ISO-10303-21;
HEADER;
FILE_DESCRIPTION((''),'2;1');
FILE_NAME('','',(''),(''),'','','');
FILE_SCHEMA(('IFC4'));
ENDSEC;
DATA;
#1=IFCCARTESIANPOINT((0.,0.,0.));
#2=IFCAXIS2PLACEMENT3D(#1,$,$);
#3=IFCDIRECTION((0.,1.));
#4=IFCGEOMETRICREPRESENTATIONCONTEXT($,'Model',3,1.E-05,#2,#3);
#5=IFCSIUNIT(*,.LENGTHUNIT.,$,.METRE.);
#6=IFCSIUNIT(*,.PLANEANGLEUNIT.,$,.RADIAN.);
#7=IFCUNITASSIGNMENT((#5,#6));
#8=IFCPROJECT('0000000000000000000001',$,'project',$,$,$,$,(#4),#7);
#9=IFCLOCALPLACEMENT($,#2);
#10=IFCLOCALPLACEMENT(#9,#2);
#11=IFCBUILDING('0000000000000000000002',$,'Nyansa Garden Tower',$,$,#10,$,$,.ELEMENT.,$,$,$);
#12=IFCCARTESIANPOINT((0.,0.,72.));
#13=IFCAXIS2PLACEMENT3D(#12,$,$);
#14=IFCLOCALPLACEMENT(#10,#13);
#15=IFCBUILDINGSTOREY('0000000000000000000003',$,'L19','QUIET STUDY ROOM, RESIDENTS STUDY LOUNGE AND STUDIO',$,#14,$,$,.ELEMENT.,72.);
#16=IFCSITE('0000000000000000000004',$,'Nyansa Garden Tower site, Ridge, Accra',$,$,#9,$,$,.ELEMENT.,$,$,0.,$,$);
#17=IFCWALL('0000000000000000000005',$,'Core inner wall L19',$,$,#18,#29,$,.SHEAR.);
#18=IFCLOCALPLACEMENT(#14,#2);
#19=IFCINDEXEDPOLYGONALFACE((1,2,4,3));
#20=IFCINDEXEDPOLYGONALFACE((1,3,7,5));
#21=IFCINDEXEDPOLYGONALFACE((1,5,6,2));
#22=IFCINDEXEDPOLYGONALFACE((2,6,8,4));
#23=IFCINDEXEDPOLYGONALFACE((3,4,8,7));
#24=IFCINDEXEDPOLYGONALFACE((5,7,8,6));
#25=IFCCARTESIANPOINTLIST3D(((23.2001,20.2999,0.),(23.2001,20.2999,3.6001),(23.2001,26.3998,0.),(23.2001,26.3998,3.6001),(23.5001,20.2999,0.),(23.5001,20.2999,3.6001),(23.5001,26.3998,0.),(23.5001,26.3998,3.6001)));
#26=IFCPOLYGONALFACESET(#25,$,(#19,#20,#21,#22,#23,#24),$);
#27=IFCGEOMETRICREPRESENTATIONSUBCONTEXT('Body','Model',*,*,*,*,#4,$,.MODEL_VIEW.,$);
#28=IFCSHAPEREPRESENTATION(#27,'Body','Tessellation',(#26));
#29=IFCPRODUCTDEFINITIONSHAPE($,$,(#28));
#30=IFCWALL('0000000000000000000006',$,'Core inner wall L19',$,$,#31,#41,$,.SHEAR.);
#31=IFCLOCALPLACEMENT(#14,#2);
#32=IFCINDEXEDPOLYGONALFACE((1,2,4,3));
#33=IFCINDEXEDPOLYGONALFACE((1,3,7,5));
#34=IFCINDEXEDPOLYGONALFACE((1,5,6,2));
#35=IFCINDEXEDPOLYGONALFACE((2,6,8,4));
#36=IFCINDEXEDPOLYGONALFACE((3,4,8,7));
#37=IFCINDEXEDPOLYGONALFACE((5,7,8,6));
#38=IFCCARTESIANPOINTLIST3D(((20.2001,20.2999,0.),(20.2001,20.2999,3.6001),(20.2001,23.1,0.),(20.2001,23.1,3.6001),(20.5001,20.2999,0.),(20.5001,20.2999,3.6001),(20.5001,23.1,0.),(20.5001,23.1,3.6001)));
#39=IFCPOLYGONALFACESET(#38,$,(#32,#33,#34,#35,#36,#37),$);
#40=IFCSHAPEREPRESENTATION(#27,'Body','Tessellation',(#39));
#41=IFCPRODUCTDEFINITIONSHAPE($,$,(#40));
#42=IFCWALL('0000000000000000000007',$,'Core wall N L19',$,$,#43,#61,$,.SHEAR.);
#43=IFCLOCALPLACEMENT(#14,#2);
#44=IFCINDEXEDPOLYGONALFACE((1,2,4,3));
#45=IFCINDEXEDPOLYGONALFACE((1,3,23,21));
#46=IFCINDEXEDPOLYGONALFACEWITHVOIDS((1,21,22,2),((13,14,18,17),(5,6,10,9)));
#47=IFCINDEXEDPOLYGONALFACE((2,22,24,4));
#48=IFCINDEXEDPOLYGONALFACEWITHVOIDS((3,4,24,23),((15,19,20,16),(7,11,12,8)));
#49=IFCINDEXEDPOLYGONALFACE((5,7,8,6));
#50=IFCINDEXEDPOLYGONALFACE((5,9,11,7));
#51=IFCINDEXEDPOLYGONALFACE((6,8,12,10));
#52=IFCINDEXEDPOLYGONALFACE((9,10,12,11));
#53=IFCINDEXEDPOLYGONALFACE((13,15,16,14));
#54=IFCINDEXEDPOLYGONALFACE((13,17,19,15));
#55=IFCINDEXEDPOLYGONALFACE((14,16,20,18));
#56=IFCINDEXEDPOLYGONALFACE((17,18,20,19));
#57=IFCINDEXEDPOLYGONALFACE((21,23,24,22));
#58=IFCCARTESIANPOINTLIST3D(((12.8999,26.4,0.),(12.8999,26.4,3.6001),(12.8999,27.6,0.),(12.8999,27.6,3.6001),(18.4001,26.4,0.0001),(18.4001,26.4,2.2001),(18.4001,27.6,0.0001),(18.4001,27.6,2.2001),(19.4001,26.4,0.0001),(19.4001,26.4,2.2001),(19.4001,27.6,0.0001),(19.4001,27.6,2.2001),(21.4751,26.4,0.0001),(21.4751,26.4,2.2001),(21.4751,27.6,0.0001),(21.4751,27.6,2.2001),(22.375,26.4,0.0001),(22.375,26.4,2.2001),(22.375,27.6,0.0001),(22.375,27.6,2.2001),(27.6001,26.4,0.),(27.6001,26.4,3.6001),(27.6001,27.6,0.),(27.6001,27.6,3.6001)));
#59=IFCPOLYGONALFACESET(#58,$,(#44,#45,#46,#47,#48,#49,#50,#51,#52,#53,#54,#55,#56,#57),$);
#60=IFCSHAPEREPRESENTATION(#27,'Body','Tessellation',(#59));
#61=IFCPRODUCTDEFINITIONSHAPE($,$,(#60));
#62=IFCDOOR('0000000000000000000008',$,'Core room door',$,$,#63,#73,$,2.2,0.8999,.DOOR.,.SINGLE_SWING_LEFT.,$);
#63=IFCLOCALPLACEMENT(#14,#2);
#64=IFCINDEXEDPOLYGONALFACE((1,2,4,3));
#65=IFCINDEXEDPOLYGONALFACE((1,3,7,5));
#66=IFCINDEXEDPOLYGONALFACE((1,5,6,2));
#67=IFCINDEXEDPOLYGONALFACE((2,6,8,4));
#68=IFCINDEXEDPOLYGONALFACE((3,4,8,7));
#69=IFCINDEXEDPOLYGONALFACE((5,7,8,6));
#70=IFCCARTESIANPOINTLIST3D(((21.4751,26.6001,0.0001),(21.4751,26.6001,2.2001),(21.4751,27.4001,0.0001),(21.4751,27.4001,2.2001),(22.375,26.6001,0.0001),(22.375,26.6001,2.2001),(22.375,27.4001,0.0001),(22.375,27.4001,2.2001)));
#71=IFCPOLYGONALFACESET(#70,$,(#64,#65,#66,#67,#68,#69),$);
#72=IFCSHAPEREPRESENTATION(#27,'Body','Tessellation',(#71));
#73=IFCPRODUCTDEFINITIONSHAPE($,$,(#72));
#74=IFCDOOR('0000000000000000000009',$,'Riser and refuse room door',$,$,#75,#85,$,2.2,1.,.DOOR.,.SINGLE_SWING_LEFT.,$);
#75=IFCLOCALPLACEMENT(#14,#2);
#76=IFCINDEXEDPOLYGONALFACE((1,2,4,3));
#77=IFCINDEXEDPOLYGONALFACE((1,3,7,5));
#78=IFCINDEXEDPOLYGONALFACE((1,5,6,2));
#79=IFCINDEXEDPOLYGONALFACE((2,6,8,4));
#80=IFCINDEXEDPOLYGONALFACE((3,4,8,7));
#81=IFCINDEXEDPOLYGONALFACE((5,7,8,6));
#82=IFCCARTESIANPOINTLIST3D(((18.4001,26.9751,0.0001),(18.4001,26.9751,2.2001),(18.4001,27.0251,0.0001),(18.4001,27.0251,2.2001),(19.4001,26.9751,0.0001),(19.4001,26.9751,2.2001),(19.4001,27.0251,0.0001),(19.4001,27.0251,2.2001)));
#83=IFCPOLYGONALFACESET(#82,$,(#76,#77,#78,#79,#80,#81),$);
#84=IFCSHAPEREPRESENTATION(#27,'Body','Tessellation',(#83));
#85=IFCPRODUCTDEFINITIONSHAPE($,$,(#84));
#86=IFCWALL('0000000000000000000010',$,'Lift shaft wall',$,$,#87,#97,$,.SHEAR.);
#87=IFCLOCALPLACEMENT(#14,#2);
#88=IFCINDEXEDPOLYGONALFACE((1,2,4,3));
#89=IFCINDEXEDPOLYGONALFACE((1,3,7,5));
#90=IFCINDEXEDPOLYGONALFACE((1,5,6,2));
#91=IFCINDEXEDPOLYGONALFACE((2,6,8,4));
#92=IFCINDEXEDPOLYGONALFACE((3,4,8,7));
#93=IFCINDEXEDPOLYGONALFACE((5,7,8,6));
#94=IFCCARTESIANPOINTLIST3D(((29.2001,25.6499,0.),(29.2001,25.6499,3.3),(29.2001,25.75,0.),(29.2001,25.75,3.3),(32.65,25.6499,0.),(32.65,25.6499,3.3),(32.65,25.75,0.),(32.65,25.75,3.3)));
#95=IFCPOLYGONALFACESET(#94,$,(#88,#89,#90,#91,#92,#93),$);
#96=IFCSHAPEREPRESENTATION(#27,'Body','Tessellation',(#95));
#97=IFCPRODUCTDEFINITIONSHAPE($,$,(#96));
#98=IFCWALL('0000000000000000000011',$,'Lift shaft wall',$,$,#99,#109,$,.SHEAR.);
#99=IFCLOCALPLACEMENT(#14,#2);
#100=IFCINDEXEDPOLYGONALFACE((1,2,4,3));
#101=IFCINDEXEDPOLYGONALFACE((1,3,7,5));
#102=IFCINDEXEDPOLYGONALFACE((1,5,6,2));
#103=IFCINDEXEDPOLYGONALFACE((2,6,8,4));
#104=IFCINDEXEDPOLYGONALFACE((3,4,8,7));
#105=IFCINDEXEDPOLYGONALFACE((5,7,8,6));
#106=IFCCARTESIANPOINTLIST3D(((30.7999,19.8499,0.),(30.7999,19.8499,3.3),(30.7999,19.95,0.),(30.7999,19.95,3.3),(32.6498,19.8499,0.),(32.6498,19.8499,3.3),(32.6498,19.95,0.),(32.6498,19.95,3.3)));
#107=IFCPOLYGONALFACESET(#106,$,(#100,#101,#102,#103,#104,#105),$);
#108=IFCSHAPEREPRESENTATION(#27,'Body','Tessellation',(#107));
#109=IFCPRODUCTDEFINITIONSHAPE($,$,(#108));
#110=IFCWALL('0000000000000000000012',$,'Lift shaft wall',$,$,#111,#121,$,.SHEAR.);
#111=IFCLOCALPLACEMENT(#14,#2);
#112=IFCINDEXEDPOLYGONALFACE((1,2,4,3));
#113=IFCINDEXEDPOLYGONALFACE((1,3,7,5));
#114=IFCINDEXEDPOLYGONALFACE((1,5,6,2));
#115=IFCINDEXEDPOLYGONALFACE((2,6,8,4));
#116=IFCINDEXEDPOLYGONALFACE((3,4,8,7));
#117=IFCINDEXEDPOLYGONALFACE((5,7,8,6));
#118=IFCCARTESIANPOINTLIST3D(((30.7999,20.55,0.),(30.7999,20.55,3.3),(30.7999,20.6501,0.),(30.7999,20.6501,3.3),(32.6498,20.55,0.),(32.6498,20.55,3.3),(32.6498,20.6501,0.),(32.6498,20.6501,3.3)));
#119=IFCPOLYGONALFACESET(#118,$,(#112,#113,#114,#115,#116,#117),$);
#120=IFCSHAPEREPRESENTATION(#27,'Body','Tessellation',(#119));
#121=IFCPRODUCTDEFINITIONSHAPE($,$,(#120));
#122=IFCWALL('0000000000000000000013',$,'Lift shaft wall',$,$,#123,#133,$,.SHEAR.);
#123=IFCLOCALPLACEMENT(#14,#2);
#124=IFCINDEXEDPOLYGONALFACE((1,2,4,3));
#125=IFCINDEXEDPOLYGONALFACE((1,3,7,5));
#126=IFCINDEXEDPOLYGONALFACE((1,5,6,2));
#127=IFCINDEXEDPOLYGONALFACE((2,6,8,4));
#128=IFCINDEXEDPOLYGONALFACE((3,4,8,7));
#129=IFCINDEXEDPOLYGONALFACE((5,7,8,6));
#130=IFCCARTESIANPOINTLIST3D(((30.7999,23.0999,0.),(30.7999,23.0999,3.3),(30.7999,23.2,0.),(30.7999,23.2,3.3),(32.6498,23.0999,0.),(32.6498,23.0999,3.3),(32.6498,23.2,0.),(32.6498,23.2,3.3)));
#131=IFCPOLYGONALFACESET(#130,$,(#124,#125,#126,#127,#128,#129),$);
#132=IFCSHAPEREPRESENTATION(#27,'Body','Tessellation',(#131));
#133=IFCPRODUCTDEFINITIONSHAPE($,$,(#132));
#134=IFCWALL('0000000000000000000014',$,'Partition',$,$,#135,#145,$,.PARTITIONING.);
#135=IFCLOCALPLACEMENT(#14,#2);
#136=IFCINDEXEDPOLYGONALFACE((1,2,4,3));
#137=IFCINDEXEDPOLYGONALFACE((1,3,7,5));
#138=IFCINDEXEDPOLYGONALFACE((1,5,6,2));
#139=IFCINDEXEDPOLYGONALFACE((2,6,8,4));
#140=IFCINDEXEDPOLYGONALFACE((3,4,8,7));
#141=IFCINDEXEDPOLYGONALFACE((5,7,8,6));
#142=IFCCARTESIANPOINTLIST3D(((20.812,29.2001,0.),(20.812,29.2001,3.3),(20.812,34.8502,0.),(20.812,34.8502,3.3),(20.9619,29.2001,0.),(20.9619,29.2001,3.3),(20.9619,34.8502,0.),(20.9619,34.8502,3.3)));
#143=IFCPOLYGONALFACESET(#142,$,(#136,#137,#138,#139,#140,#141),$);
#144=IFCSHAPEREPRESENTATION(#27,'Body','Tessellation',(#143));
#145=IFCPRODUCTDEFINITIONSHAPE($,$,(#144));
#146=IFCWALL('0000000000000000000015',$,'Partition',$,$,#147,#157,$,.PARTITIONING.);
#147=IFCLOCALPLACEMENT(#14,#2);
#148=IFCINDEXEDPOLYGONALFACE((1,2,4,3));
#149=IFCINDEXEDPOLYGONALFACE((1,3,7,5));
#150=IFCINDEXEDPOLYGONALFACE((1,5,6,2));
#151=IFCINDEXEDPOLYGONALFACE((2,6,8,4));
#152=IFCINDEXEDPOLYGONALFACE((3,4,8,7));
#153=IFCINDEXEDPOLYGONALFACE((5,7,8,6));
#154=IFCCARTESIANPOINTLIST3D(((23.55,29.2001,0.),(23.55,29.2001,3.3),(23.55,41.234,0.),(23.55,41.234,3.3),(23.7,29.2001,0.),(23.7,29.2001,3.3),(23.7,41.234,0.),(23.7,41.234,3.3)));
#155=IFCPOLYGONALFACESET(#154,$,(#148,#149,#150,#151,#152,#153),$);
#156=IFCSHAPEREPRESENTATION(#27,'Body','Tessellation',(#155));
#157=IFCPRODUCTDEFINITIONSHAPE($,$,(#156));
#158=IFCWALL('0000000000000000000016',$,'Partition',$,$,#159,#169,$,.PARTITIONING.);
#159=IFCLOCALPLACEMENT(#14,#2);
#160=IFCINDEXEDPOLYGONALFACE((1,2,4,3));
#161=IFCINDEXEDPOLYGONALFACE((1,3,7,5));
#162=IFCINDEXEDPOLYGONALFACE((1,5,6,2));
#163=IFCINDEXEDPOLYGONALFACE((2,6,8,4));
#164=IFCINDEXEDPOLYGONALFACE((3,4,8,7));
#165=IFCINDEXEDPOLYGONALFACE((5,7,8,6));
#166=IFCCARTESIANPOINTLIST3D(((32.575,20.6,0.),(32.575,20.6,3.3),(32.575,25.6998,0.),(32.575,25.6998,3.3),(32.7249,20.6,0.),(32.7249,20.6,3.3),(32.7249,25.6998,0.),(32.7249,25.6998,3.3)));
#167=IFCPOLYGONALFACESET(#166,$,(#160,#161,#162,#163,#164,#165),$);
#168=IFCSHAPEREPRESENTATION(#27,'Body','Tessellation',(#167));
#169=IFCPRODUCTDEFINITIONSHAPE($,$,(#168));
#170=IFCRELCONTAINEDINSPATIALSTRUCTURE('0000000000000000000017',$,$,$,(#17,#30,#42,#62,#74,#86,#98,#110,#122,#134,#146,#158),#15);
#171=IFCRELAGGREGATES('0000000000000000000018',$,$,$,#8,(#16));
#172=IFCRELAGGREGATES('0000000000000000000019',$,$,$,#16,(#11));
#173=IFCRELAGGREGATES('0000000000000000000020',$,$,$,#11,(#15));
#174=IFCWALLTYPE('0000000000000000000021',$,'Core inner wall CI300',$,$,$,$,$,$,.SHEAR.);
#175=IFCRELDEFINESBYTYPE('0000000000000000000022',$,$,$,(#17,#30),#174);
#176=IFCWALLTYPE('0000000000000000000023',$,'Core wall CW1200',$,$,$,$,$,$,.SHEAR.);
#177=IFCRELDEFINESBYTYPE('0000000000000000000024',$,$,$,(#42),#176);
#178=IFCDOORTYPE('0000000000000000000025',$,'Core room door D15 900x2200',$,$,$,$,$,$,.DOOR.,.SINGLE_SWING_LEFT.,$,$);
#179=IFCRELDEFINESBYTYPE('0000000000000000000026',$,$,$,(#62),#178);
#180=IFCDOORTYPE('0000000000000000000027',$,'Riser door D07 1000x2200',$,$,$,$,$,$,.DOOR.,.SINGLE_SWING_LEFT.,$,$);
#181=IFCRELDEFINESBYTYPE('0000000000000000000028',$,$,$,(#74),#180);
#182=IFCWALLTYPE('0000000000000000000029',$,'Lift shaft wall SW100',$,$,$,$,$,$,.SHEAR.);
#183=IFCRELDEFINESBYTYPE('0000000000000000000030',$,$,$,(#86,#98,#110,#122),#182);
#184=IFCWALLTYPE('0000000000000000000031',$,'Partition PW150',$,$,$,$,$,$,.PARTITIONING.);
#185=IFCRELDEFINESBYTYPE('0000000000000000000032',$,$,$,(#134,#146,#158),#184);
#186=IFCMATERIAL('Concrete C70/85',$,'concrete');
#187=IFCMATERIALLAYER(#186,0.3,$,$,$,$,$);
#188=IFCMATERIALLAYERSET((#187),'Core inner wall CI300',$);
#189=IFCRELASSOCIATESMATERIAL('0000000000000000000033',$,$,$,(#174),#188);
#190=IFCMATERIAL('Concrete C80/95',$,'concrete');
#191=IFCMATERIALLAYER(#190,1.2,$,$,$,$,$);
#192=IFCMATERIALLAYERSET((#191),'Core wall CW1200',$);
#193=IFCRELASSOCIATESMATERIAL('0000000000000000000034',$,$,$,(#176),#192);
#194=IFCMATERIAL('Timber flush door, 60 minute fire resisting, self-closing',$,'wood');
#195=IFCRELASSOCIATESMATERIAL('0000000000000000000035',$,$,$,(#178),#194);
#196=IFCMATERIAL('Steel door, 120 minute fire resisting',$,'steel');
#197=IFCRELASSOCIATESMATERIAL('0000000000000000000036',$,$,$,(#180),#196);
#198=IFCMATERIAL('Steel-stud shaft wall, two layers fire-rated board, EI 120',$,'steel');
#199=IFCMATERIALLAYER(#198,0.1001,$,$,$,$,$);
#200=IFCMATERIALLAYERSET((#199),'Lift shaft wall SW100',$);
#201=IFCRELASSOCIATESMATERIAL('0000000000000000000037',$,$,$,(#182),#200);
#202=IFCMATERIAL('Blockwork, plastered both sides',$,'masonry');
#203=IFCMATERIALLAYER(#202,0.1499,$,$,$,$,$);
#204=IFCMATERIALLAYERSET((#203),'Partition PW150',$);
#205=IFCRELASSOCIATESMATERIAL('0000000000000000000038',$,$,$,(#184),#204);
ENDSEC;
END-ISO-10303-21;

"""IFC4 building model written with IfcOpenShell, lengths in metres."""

from ifc_helpers import new_model, si_unit, direction, frame, frame_2d, origin, place, context, subcontext, project, spatial, rectangle, extrude, material, layer, layer_set, type_object, element, fill, save


model = new_model("IFC4")

# Units and contexts
model_context = context("Model", 3, precision=1e-05, world=origin(), true_north=direction((0.0, 1.0)))
body_context = subcontext(model_context, "Body", "Model", "MODEL_VIEW")
ifc_project = project(units=[si_unit("LENGTHUNIT", "METRE"), si_unit("PLANEANGLEUNIT", "RADIAN")], contexts=[model_context])

# Site, building, storey
site_placement = place(None, origin())
site = spatial("IfcSite", under=ifc_project, at=site_placement, Name="Nyansa Garden Tower site, Ridge, Accra", CompositionType="ELEMENT", RefElevation=0.0)
building_placement = place(site_placement, origin())
building = spatial("IfcBuilding", under=site, at=building_placement, Name="Nyansa Garden Tower", CompositionType="ELEMENT")
storey_placement = place(building_placement, frame((0.0, 0.0, 72.0)))
storey = spatial("IfcBuildingStorey", under=building, at=storey_placement, Name="L19", Description="QUIET STUDY ROOM, RESIDENTS STUDY LOUNGE AND STUDIO", CompositionType="ELEMENT", Elevation=72.0)

# Walls
ifc_material_1 = material(Name="Concrete C70/85", Category="concrete")
ifc_layer_1 = layer(ifc_material_1, 0.3)
ifc_layer_set_1 = layer_set([ifc_layer_1], Name="Core inner wall CI300")
wall_type_1 = type_object("IfcWallType", Name="Core inner wall CI300", PredefinedType="SHEAR", material=ifc_layer_set_1)
wall_1_placement = place(storey_placement, frame((23.3501, 20.3, 0.0), z_axis=(0.0, 0.0, 1.0), x_axis=(0.0, 1.0, 0.0)))
element("IfcWall", 1, at=wall_1_placement, inside=storey, type_object=wall_type_1, Name="Core inner wall L19", PredefinedType="SHEAR", context=body_context, shape_type="SweptSolid", body=[
    extrude(rectangle(XDim=6.0999, YDim=0.3, at=frame_2d((3.0498, 0.0))), origin(), (0.0, 0.0, 1.0), 3.6001),
])
wall_2_placement = place(storey_placement, frame((20.3501, 20.3, 0.0), z_axis=(0.0, 0.0, 1.0), x_axis=(0.0, 1.0, 0.0)))
element("IfcWall", 2, at=wall_2_placement, inside=storey, type_object=wall_type_1, Name="Core inner wall L19", PredefinedType="SHEAR", context=body_context, shape_type="SweptSolid", body=[
    extrude(rectangle(XDim=2.8, YDim=0.3, at=frame_2d((1.3999, 0.0))), origin(), (0.0, 0.0, 1.0), 3.6001),
])

# Wall, openings, doors
ifc_material_2 = material(Name="Concrete C80/95", Category="concrete")
ifc_layer_2 = layer(ifc_material_2, 1.2)
ifc_layer_set_2 = layer_set([ifc_layer_2], Name="Core wall CW1200")
wall_type_2 = type_object("IfcWallType", Name="Core wall CW1200", PredefinedType="SHEAR", material=ifc_layer_set_2)
wall_3_placement = place(storey_placement, frame((27.6001, 27.0, 0.0), z_axis=(0.0, 0.0, 1.0), x_axis=(-1.0, 0.0, 0.0)))
wall_3 = element("IfcWall", 3, at=wall_3_placement, inside=storey, type_object=wall_type_2, Name="Core wall N L19", PredefinedType="SHEAR", context=body_context, shape_type="SweptSolid", body=[
    extrude(rectangle(XDim=14.7002, YDim=1.2, at=frame_2d((7.3501, 0.0))), origin(), (0.0, 0.0, 1.0), 3.6001),
])
opening_1_placement = place(wall_3_placement, frame((5.2251, 0.0, 0.0)))
opening_1 = element("IfcOpeningElement", 4, at=opening_1_placement, cuts=wall_3, PredefinedType="OPENING", context=body_context, shape_type="SweptSolid", body=[
    extrude(rectangle(XDim=0.8999, YDim=2.2, at=frame_2d((0.45, 1.1001))), frame((0.0, 0.6099, 0.0), z_axis=(0.0, -1.0, 0.0), x_axis=(1.0, 0.0, 0.0)), (0.0, 0.0, 1.0), 1.22),
])
opening_2_placement = place(wall_3_placement, frame((8.2, 0.0, 0.0)))
opening_2 = element("IfcOpeningElement", 5, at=opening_2_placement, cuts=wall_3, PredefinedType="OPENING", context=body_context, shape_type="SweptSolid", body=[
    extrude(rectangle(XDim=1.0, YDim=2.2, at=frame_2d((0.5, 1.1001))), frame((0.0, 0.6099, 0.0), z_axis=(0.0, -1.0, 0.0), x_axis=(1.0, 0.0, 0.0)), (0.0, 0.0, 1.0), 1.22),
])
ifc_material_3 = material(Name="Timber flush door, 60 minute fire resisting, self-closing", Category="wood")
door_type_1 = type_object("IfcDoorType", Name="Core room door D15 900x2200", OperationType="SINGLE_SWING_LEFT", PredefinedType="DOOR", material=ifc_material_3)
door_1_placement = place(opening_1_placement, origin())
door_1 = element("IfcDoor", 6, at=door_1_placement, inside=storey, type_object=door_type_1, Name="Core room door", OperationType="SINGLE_SWING_LEFT", OverallHeight=2.2, OverallWidth=0.8999, PredefinedType="DOOR", context=body_context, shape_type="SweptSolid", body=[
    extrude(rectangle(XDim=0.8999, YDim=2.2, at=frame_2d((0.45, 1.1001))), frame((0.0, 0.3999, 0.0), z_axis=(0.0, -1.0, 0.0), x_axis=(1.0, 0.0, 0.0)), (0.0, 0.0, 1.0), 0.8),
])
fill(opening_1, door_1)
ifc_material_4 = material(Name="Steel door, 120 minute fire resisting", Category="steel")
door_type_2 = type_object("IfcDoorType", Name="Riser door D07 1000x2200", OperationType="SINGLE_SWING_LEFT", PredefinedType="DOOR", material=ifc_material_4)
door_2_placement = place(opening_2_placement, origin())
door_2 = element("IfcDoor", 7, at=door_2_placement, inside=storey, type_object=door_type_2, Name="Riser and refuse room door", OperationType="SINGLE_SWING_LEFT", OverallHeight=2.2, OverallWidth=1.0, PredefinedType="DOOR", context=body_context, shape_type="SweptSolid", body=[
    extrude(rectangle(XDim=1.0, YDim=2.2, at=frame_2d((0.5, 1.1001))), frame((0.0, 0.0249, 0.0), z_axis=(0.0, -1.0, 0.0), x_axis=(1.0, 0.0, 0.0)), (0.0, 0.0, 1.0), 0.05),
])
fill(opening_2, door_2)

# Walls
ifc_material_5 = material(Name="Steel-stud shaft wall, two layers fire-rated board, EI 120", Category="steel")
ifc_layer_3 = layer(ifc_material_5, 0.1001)
ifc_layer_set_3 = layer_set([ifc_layer_3], Name="Lift shaft wall SW100")
wall_type_3 = type_object("IfcWallType", Name="Lift shaft wall SW100", PredefinedType="SHEAR", material=ifc_layer_set_3)
wall_4_placement = place(storey_placement, frame((29.2, 25.7, 0.0), z_axis=(0.0, 0.0, 1.0), x_axis=(1.0, 0.0, 0.0)))
element("IfcWall", 8, at=wall_4_placement, inside=storey, type_object=wall_type_3, Name="Lift shaft wall", PredefinedType="SHEAR", context=body_context, shape_type="SweptSolid", body=[
    extrude(rectangle(XDim=3.45, YDim=0.1001, at=frame_2d((1.7251, 0.0))), origin(), (0.0, 0.0, 1.0), 3.3),
])
for number, where, z_axis, x_axis, name in (
    (9, (30.8, 19.8999, 0.0), (0.0, 0.0, 1.0), (1.0, 0.0, 0.0), "Lift shaft wall"),
    (10, (30.8, 20.6001, 0.0), (0.0, 0.0, 1.0), (1.0, 0.0, 0.0), "Lift shaft wall"),
    (11, (30.8, 23.1499, 0.0), (0.0, 0.0, 1.0), (1.0, 0.0, 0.0), "Lift shaft wall"),
):
    element("IfcWall", number, at=place(storey_placement, frame(where, z_axis=z_axis, x_axis=x_axis)), inside=storey, type_object=wall_type_3, Name=name, PredefinedType="SHEAR", context=body_context, shape_type="SweptSolid", body=[
        extrude(rectangle(XDim=1.8499, YDim=0.1001, at=frame_2d((0.9248, 0.0))), origin(), (0.0, 0.0, 1.0), 3.3),
    ])
ifc_material_6 = material(Name="Blockwork, plastered both sides", Category="masonry")
ifc_layer_4 = layer(ifc_material_6, 0.1499)
ifc_layer_set_4 = layer_set([ifc_layer_4], Name="Partition PW150")
wall_type_4 = type_object("IfcWallType", Name="Partition PW150", PredefinedType="PARTITIONING", material=ifc_layer_set_4)
wall_5_placement = place(storey_placement, frame((20.887, 29.2, 0.0), z_axis=(0.0, 0.0, 1.0), x_axis=(0.0, 1.0, 0.0)))
element("IfcWall", 12, at=wall_5_placement, inside=storey, type_object=wall_type_4, Name="Partition", PredefinedType="PARTITIONING", context=body_context, shape_type="SweptSolid", body=[
    extrude(rectangle(XDim=5.6501, YDim=0.1499, at=frame_2d((2.8252, 0.0))), origin(), (0.0, 0.0, 1.0), 3.3),
])
wall_6_placement = place(storey_placement, frame((23.625, 29.2, 0.0), z_axis=(0.0, 0.0, 1.0), x_axis=(0.0, 1.0, 0.0)))
element("IfcWall", 13, at=wall_6_placement, inside=storey, type_object=wall_type_4, Name="Partition", PredefinedType="PARTITIONING", context=body_context, shape_type="SweptSolid", body=[
    extrude(rectangle(XDim=12.0339, YDim=0.1499, at=frame_2d((6.0171, 0.0))), origin(), (0.0, 0.0, 1.0), 3.3),
])
wall_7_placement = place(storey_placement, frame((32.6499, 20.6001, 0.0), z_axis=(0.0, 0.0, 1.0), x_axis=(0.0, 1.0, 0.0)))
element("IfcWall", 14, at=wall_7_placement, inside=storey, type_object=wall_type_4, Name="Partition", PredefinedType="PARTITIONING", context=body_context, shape_type="SweptSolid", body=[
    extrude(rectangle(XDim=5.0999, YDim=0.1499, at=frame_2d((2.5498, 0.0))), origin(), (0.0, 0.0, 1.0), 3.3),
])

save(model, "model.ifc")
